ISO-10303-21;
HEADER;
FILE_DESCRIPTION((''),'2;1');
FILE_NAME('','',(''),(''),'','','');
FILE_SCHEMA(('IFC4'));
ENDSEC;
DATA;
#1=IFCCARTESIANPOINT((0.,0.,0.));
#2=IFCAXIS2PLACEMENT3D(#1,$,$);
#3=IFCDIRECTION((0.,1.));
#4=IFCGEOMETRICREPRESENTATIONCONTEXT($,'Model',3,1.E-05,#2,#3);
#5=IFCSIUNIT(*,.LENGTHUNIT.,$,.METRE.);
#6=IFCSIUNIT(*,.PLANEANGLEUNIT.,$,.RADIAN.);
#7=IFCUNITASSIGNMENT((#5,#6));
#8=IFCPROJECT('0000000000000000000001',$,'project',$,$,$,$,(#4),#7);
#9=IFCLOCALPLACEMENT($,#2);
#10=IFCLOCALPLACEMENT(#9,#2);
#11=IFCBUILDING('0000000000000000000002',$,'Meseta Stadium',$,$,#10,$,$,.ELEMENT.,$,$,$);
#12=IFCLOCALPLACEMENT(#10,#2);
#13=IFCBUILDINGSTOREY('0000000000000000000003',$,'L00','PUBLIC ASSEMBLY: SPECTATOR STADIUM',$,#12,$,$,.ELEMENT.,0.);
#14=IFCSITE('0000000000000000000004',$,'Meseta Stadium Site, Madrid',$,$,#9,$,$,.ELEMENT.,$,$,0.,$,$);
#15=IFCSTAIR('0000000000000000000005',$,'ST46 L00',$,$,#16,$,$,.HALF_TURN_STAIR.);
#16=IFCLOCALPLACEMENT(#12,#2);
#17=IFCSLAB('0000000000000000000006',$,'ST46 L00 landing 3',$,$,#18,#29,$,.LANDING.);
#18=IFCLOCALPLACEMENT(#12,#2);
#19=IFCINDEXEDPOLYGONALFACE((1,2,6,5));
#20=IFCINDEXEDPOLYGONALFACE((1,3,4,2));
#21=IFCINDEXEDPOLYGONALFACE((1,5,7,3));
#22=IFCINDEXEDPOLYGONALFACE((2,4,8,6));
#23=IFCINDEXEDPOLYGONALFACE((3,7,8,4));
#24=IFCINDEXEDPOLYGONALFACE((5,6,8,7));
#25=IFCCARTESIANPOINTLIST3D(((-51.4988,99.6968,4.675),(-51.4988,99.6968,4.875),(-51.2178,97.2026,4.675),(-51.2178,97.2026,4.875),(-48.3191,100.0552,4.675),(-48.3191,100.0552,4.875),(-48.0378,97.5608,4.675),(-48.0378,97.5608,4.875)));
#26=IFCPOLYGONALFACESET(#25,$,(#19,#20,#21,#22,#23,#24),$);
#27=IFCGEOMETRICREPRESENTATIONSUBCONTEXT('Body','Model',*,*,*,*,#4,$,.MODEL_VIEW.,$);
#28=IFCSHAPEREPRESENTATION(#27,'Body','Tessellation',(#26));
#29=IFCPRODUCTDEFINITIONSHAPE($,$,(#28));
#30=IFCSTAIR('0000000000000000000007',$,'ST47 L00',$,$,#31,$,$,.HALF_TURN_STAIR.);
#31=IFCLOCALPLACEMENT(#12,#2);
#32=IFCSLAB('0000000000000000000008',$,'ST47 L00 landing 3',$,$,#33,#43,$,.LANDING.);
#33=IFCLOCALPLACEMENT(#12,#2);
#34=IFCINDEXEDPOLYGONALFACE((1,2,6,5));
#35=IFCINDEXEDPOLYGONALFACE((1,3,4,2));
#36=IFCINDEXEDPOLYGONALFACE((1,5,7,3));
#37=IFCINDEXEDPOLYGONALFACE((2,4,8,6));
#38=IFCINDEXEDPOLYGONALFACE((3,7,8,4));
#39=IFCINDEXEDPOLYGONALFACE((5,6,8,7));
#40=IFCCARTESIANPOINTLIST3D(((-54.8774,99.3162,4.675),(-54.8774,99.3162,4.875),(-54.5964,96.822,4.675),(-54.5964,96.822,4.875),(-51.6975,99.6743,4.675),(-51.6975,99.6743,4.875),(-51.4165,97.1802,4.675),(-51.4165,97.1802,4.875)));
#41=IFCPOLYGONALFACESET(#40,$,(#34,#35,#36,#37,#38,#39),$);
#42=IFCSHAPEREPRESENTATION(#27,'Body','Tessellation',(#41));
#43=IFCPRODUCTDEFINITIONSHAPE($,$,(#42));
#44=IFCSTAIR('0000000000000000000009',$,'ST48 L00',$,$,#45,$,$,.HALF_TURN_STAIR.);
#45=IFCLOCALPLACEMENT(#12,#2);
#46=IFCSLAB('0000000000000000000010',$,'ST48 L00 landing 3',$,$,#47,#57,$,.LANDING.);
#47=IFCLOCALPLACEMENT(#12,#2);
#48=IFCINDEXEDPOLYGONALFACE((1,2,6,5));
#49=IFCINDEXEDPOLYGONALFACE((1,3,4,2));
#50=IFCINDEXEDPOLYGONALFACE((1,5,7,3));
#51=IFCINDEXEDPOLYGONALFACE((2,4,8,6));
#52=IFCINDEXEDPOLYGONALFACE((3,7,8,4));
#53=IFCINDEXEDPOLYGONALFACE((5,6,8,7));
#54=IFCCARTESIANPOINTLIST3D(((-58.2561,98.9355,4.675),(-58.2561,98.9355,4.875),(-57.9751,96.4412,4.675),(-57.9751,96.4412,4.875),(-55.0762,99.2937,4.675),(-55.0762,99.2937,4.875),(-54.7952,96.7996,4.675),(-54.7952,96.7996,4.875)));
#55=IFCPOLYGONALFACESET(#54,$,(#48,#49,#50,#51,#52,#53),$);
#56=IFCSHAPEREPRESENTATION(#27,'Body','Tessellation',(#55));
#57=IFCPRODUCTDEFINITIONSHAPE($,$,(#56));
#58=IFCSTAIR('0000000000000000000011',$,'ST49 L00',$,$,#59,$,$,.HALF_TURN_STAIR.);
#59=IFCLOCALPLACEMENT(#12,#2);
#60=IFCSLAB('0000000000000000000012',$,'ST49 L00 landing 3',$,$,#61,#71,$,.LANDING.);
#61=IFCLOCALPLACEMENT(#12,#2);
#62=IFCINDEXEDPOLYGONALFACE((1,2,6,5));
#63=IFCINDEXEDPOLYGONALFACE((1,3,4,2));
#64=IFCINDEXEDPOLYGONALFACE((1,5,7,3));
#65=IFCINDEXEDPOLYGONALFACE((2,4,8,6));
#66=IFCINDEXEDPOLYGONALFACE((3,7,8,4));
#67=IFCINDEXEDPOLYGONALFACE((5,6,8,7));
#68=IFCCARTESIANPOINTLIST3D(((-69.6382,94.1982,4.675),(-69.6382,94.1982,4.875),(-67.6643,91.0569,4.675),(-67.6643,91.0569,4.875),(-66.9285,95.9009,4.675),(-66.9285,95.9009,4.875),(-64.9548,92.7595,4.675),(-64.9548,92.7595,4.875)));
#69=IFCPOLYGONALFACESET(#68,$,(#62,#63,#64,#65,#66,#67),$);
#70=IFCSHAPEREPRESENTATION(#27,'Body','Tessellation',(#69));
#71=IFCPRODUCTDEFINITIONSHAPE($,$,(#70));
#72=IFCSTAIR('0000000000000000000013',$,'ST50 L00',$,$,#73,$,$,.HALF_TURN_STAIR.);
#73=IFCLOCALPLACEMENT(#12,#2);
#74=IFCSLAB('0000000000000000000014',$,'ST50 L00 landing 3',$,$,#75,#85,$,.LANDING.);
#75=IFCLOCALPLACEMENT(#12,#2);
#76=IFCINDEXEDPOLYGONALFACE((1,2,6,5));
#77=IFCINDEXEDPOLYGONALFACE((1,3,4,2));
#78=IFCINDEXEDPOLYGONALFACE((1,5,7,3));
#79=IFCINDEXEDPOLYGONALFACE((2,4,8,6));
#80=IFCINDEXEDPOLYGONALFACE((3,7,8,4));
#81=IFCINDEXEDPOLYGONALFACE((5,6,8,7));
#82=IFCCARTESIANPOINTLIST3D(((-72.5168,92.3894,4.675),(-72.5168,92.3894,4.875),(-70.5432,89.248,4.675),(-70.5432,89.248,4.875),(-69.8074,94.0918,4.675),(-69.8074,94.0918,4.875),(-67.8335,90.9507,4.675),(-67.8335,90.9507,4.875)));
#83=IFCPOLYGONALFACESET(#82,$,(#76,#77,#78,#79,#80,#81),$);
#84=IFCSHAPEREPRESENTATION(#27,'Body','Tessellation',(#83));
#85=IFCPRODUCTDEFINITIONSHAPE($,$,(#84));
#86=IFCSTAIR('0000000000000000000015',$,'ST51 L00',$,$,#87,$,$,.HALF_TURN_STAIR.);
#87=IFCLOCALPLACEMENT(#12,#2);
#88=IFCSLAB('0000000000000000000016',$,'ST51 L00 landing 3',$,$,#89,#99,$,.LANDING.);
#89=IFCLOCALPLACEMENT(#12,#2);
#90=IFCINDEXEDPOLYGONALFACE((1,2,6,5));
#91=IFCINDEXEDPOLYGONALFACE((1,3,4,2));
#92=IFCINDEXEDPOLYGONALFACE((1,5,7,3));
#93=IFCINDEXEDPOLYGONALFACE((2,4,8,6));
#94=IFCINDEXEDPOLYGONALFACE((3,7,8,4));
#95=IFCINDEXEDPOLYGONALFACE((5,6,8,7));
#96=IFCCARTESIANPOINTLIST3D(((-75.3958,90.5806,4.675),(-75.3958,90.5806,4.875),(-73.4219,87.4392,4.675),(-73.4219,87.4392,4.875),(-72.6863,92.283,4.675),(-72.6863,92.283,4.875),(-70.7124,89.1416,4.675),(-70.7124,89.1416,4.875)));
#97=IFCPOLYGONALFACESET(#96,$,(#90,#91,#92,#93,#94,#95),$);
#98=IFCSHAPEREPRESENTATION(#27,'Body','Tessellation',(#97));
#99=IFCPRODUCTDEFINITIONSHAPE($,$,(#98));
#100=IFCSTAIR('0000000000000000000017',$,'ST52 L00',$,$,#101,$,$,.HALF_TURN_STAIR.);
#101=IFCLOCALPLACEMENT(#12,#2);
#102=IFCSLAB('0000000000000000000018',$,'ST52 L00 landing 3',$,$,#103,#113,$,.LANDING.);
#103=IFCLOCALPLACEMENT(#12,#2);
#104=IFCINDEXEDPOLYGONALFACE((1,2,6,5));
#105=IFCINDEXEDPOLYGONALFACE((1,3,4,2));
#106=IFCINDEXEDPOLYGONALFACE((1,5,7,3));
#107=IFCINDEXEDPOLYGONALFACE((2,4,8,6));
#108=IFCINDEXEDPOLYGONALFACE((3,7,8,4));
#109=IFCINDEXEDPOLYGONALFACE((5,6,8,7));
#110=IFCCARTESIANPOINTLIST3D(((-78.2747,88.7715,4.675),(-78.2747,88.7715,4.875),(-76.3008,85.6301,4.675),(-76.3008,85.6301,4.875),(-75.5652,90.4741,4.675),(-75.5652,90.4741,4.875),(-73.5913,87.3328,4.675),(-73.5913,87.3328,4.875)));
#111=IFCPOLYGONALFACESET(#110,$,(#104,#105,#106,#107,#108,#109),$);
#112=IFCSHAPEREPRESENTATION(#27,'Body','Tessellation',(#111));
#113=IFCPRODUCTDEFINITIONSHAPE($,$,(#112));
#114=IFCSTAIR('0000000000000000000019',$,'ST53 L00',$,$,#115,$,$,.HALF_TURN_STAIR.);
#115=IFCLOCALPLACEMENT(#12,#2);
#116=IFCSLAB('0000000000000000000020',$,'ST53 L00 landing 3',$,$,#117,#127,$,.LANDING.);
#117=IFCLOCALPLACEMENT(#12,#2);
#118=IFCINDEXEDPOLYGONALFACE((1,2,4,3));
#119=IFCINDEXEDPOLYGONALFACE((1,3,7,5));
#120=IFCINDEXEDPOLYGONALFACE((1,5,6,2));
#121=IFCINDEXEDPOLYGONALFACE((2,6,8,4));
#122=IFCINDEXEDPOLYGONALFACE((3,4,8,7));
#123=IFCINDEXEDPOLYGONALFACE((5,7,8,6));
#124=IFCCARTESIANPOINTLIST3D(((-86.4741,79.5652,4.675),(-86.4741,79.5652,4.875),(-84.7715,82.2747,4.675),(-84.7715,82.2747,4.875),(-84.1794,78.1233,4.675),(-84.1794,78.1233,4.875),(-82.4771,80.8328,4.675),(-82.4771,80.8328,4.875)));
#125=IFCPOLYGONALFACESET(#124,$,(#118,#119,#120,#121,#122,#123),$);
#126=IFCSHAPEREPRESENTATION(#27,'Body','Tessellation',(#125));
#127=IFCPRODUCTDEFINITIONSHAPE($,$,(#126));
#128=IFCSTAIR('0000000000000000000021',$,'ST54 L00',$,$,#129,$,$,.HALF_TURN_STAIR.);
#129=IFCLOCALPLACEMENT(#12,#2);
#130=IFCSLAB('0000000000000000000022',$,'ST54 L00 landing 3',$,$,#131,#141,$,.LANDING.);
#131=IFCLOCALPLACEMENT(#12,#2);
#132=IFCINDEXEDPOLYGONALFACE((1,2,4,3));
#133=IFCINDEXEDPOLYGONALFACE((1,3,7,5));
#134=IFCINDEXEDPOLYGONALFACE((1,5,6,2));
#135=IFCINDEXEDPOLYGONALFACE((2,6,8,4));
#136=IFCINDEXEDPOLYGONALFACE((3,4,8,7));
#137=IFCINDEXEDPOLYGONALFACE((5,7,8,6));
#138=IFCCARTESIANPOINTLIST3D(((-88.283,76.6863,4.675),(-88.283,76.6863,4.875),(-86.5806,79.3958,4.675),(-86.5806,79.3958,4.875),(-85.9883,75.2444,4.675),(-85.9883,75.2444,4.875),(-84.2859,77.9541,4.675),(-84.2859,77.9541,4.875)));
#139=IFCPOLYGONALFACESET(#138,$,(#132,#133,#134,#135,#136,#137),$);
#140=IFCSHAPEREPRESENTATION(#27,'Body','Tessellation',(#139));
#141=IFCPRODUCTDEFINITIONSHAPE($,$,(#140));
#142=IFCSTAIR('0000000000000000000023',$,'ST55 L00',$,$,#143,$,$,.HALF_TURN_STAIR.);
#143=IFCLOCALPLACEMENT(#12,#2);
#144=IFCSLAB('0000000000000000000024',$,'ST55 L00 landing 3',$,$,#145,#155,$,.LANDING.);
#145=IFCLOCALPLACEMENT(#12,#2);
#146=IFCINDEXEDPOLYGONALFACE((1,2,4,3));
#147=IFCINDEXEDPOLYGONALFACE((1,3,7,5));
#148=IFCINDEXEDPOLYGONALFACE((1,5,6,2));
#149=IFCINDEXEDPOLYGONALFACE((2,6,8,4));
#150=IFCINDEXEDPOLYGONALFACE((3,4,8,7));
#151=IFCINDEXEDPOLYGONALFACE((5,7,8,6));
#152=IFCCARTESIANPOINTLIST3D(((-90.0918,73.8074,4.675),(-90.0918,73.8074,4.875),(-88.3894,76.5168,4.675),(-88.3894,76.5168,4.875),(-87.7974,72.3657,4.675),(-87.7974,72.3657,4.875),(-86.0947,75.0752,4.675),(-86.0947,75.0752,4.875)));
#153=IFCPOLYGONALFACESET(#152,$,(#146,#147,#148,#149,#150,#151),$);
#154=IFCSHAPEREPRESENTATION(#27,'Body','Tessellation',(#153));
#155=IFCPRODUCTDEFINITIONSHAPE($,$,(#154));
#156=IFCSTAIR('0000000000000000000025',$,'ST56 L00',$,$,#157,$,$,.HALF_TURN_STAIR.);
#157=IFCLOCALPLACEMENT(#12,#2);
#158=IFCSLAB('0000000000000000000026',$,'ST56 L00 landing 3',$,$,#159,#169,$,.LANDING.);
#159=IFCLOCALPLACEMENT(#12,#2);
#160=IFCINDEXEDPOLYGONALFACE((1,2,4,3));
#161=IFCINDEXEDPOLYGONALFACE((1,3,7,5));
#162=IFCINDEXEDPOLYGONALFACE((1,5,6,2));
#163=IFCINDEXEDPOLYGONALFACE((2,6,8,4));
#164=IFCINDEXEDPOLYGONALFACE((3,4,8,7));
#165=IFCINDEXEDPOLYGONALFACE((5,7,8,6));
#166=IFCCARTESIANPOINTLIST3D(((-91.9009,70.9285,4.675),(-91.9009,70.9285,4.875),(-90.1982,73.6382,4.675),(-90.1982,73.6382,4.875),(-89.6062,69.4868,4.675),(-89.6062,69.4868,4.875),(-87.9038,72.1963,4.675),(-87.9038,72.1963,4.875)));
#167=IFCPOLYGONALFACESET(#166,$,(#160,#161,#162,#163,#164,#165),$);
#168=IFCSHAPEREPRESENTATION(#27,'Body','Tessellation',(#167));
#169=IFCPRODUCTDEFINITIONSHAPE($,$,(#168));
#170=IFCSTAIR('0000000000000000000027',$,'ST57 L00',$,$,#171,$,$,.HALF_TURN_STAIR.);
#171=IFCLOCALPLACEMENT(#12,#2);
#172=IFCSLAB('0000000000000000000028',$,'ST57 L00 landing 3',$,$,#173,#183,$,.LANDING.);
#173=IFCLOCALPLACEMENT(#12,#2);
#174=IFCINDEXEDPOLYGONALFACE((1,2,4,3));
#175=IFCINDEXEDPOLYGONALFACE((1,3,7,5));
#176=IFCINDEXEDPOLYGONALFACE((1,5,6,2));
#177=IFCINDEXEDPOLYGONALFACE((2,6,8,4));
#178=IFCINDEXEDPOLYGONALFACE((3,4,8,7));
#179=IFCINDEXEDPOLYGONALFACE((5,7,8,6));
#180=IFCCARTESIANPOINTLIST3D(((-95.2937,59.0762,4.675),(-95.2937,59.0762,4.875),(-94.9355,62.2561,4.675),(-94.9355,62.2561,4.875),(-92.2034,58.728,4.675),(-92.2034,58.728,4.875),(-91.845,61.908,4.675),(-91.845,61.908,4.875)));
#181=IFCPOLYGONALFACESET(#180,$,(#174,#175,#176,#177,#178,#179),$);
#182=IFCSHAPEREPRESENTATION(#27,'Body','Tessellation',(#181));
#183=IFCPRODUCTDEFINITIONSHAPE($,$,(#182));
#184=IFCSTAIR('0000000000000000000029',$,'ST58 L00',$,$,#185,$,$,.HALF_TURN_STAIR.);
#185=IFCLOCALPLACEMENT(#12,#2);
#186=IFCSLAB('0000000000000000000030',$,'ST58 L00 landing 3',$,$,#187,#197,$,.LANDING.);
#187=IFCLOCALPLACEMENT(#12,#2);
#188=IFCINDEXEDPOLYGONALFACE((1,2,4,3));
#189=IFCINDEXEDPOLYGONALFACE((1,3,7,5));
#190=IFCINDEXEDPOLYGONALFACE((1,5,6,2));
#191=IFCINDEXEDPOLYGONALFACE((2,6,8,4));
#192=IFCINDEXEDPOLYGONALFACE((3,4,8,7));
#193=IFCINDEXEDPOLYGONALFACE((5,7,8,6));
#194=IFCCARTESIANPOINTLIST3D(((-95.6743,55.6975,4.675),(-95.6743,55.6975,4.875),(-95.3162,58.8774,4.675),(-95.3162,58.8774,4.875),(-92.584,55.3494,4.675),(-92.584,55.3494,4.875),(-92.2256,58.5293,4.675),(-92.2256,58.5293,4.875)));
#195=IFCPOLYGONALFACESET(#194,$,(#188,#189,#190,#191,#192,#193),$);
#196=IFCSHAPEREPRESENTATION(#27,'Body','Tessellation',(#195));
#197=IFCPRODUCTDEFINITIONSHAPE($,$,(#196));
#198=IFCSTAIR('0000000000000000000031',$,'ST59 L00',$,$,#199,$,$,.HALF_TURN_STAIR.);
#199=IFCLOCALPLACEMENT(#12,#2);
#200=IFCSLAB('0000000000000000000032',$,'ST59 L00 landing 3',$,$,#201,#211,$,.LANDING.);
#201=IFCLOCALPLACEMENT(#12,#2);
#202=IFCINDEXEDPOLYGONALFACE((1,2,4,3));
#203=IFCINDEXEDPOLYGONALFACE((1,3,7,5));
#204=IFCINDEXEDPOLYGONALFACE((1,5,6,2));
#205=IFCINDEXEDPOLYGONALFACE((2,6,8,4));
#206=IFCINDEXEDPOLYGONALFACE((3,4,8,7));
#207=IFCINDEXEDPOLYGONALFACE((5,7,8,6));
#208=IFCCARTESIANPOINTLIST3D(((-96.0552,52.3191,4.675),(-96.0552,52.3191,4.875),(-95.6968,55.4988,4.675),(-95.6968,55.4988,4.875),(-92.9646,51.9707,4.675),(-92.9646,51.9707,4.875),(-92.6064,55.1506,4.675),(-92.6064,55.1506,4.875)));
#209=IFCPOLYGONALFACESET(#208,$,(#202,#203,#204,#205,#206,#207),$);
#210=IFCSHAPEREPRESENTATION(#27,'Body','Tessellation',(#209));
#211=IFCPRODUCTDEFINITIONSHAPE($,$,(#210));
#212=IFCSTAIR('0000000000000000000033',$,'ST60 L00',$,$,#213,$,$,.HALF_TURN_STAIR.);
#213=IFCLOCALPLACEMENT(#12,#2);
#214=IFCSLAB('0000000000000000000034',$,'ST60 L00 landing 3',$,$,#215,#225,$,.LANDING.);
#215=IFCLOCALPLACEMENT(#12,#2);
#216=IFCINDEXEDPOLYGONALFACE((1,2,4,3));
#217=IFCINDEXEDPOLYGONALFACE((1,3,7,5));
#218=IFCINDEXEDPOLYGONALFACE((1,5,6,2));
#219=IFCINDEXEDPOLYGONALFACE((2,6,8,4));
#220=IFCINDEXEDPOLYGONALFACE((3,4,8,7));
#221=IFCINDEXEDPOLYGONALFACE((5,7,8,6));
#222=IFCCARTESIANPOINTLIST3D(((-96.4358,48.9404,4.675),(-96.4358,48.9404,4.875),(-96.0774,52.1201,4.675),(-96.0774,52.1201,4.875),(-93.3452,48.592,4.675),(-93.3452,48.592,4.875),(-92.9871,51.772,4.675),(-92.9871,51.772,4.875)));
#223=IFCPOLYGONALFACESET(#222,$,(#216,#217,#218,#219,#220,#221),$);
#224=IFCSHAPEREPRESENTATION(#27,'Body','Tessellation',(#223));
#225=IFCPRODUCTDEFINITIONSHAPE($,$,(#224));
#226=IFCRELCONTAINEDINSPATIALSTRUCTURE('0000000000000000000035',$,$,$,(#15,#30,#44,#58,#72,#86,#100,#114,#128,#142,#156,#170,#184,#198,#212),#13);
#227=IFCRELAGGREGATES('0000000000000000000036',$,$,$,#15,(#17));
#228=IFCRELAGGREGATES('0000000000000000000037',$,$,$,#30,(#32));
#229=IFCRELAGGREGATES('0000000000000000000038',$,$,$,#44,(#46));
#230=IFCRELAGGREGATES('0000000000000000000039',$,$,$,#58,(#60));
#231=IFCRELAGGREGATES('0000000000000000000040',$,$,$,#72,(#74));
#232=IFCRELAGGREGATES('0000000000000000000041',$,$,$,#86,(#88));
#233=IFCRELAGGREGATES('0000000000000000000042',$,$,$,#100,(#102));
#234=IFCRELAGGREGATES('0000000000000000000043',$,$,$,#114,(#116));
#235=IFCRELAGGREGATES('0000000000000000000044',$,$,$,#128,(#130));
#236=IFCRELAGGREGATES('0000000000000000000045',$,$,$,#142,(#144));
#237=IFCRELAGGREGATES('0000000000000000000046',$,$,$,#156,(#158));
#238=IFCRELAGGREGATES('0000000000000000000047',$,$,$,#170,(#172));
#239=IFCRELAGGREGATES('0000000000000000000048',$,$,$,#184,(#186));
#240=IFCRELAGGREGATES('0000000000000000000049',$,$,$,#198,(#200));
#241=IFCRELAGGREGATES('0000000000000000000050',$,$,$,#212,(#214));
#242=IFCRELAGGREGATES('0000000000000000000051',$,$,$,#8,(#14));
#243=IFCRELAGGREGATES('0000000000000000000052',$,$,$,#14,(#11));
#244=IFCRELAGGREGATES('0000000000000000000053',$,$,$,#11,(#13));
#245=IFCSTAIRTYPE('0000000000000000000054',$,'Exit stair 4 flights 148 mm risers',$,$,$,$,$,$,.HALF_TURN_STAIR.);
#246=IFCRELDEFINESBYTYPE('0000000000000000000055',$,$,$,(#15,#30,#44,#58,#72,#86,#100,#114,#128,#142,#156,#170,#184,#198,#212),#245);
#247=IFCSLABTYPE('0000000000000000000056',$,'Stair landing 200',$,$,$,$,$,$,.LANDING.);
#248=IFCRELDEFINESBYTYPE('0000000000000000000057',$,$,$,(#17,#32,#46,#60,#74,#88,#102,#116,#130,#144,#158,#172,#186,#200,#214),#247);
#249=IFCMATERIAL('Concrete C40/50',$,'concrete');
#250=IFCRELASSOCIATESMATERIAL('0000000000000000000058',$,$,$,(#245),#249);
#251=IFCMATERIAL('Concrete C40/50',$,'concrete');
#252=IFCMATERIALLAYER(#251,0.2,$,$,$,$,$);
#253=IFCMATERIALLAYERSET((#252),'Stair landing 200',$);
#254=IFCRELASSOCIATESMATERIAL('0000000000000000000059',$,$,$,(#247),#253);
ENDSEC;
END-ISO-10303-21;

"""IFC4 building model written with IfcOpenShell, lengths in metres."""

from ifc_helpers import new_model, si_unit, direction, frame, origin, place, context, subcontext, project, spatial, polyline, outline, extrude, material, layer, layer_set, type_object, element, aggregate, save


model = new_model("IFC4")

# Units and contexts
model_context = context("Model", 3, precision=1e-05, world=origin(), true_north=direction((0.0, 1.0)))
body_context = subcontext(model_context, "Body", "Model", "MODEL_VIEW")
ifc_project = project(units=[si_unit("LENGTHUNIT", "METRE"), si_unit("PLANEANGLEUNIT", "RADIAN")], contexts=[model_context])

# Site, building, storey
site_placement = place(None, origin())
site = spatial("IfcSite", under=ifc_project, at=site_placement, Name="Meseta Stadium Site, Madrid", CompositionType="ELEMENT", RefElevation=0.0)
building_placement = place(site_placement, origin())
building = spatial("IfcBuilding", under=site, at=building_placement, Name="Meseta Stadium", CompositionType="ELEMENT")
storey_placement = place(building_placement, origin())
storey = spatial("IfcBuildingStorey", under=building, at=storey_placement, Name="L00", Description="PUBLIC ASSEMBLY: SPECTATOR STADIUM", CompositionType="ELEMENT", Elevation=0.0)

# Stairs, slabs
ifc_material_1 = material(Name="Concrete C40/50", Category="concrete")
stair_type = type_object("IfcStairType", Name="Exit stair 4 flights 148 mm risers", PredefinedType="HALF_TURN_STAIR", material=ifc_material_1)
stair_1_placement = place(storey_placement, origin())
stair_1 = element("IfcStair", 1, at=stair_1_placement, inside=storey, type_object=stair_type, Name="ST46 L00", PredefinedType="HALF_TURN_STAIR")
ifc_material_2 = material(Name="Concrete C40/50", Category="concrete")
ifc_layer = layer(ifc_material_2, 0.2)
ifc_layer_set = layer_set([ifc_layer], Name="Stair landing 200")
slab_type = type_object("IfcSlabType", Name="Stair landing 200", PredefinedType="LANDING", material=ifc_layer_set)
slab_1_placement = place(storey_placement, frame((0.0, 0.0, 4.675)))
slab_1 = element("IfcSlab", 2, at=slab_1_placement, type_object=slab_type, Name="ST46 L00 landing 3", PredefinedType="LANDING", context=body_context, shape_type="SweptSolid", body=[
    extrude(outline(polyline([(-48.0378, 97.5608), (-48.3191, 100.0552), (-51.4988, 99.6968), (-51.2178, 97.2026), (-48.0378, 97.5608)])), origin(), (0.0, 0.0, 1.0), 0.2),
])
aggregate(stair_1, [slab_1])
stair_2_placement = place(storey_placement, origin())
stair_2 = element("IfcStair", 3, at=stair_2_placement, inside=storey, type_object=stair_type, Name="ST47 L00", PredefinedType="HALF_TURN_STAIR")
slab_2_placement = place(storey_placement, frame((0.0, 0.0, 4.675)))
slab_2 = element("IfcSlab", 4, at=slab_2_placement, type_object=slab_type, Name="ST47 L00 landing 3", PredefinedType="LANDING", context=body_context, shape_type="SweptSolid", body=[
    extrude(outline(polyline([(-51.4165, 97.1802), (-51.6975, 99.6743), (-54.8774, 99.3162), (-54.5964, 96.822), (-51.4165, 97.1802)])), origin(), (0.0, 0.0, 1.0), 0.2),
])
aggregate(stair_2, [slab_2])
stair_3_placement = place(storey_placement, origin())
stair_3 = element("IfcStair", 5, at=stair_3_placement, inside=storey, type_object=stair_type, Name="ST48 L00", PredefinedType="HALF_TURN_STAIR")
slab_3_placement = place(storey_placement, frame((0.0, 0.0, 4.675)))
slab_3 = element("IfcSlab", 6, at=slab_3_placement, type_object=slab_type, Name="ST48 L00 landing 3", PredefinedType="LANDING", context=body_context, shape_type="SweptSolid", body=[
    extrude(outline(polyline([(-54.7952, 96.7996), (-55.0762, 99.2937), (-58.2561, 98.9355), (-57.9751, 96.4412), (-54.7952, 96.7996)])), origin(), (0.0, 0.0, 1.0), 0.2),
])
aggregate(stair_3, [slab_3])
stair_4_placement = place(storey_placement, origin())
stair_4 = element("IfcStair", 7, at=stair_4_placement, inside=storey, type_object=stair_type, Name="ST49 L00", PredefinedType="HALF_TURN_STAIR")
slab_4_placement = place(storey_placement, frame((0.0, 0.0, 4.675)))
slab_4 = element("IfcSlab", 8, at=slab_4_placement, type_object=slab_type, Name="ST49 L00 landing 3", PredefinedType="LANDING", context=body_context, shape_type="SweptSolid", body=[
    extrude(outline(polyline([(-64.9548, 92.7595), (-66.9285, 95.9009), (-69.6382, 94.1982), (-67.6643, 91.0569), (-64.9548, 92.7595)])), origin(), (0.0, 0.0, 1.0), 0.2),
])
aggregate(stair_4, [slab_4])
stair_5_placement = place(storey_placement, origin())
stair_5 = element("IfcStair", 9, at=stair_5_placement, inside=storey, type_object=stair_type, Name="ST50 L00", PredefinedType="HALF_TURN_STAIR")
slab_5_placement = place(storey_placement, frame((0.0, 0.0, 4.675)))
slab_5 = element("IfcSlab", 10, at=slab_5_placement, type_object=slab_type, Name="ST50 L00 landing 3", PredefinedType="LANDING", context=body_context, shape_type="SweptSolid", body=[
    extrude(outline(polyline([(-67.8335, 90.9507), (-69.8074, 94.0918), (-72.5168, 92.3894), (-70.5432, 89.248), (-67.8335, 90.9507)])), origin(), (0.0, 0.0, 1.0), 0.2),
])
aggregate(stair_5, [slab_5])
stair_6_placement = place(storey_placement, origin())
stair_6 = element("IfcStair", 11, at=stair_6_placement, inside=storey, type_object=stair_type, Name="ST51 L00", PredefinedType="HALF_TURN_STAIR")
slab_6_placement = place(storey_placement, frame((0.0, 0.0, 4.675)))
slab_6 = element("IfcSlab", 12, at=slab_6_placement, type_object=slab_type, Name="ST51 L00 landing 3", PredefinedType="LANDING", context=body_context, shape_type="SweptSolid", body=[
    extrude(outline(polyline([(-70.7124, 89.1416), (-72.6863, 92.283), (-75.3958, 90.5806), (-73.4219, 87.4392), (-70.7124, 89.1416)])), origin(), (0.0, 0.0, 1.0), 0.2),
])
aggregate(stair_6, [slab_6])
stair_7_placement = place(storey_placement, origin())
stair_7 = element("IfcStair", 13, at=stair_7_placement, inside=storey, type_object=stair_type, Name="ST52 L00", PredefinedType="HALF_TURN_STAIR")
slab_7_placement = place(storey_placement, frame((0.0, 0.0, 4.675)))
slab_7 = element("IfcSlab", 14, at=slab_7_placement, type_object=slab_type, Name="ST52 L00 landing 3", PredefinedType="LANDING", context=body_context, shape_type="SweptSolid", body=[
    extrude(outline(polyline([(-73.5913, 87.3328), (-75.5652, 90.4741), (-78.2747, 88.7715), (-76.3008, 85.6301), (-73.5913, 87.3328)])), origin(), (0.0, 0.0, 1.0), 0.2),
])
aggregate(stair_7, [slab_7])
stair_8_placement = place(storey_placement, origin())
stair_8 = element("IfcStair", 15, at=stair_8_placement, inside=storey, type_object=stair_type, Name="ST53 L00", PredefinedType="HALF_TURN_STAIR")
slab_8_placement = place(storey_placement, frame((0.0, 0.0, 4.675)))
slab_8 = element("IfcSlab", 16, at=slab_8_placement, type_object=slab_type, Name="ST53 L00 landing 3", PredefinedType="LANDING", context=body_context, shape_type="SweptSolid", body=[
    extrude(outline(polyline([(-82.4771, 80.8328), (-84.7715, 82.2747), (-86.4741, 79.5652), (-84.1794, 78.1233), (-82.4771, 80.8328)])), origin(), (0.0, 0.0, 1.0), 0.2),
])
aggregate(stair_8, [slab_8])
stair_9_placement = place(storey_placement, origin())
stair_9 = element("IfcStair", 17, at=stair_9_placement, inside=storey, type_object=stair_type, Name="ST54 L00", PredefinedType="HALF_TURN_STAIR")
slab_9_placement = place(storey_placement, frame((0.0, 0.0, 4.675)))
slab_9 = element("IfcSlab", 18, at=slab_9_placement, type_object=slab_type, Name="ST54 L00 landing 3", PredefinedType="LANDING", context=body_context, shape_type="SweptSolid", body=[
    extrude(outline(polyline([(-84.2859, 77.9541), (-86.5806, 79.3958), (-88.283, 76.6863), (-85.9883, 75.2444), (-84.2859, 77.9541)])), origin(), (0.0, 0.0, 1.0), 0.2),
])
aggregate(stair_9, [slab_9])
stair_10_placement = place(storey_placement, origin())
stair_10 = element("IfcStair", 19, at=stair_10_placement, inside=storey, type_object=stair_type, Name="ST55 L00", PredefinedType="HALF_TURN_STAIR")
slab_10_placement = place(storey_placement, frame((0.0, 0.0, 4.675)))
slab_10 = element("IfcSlab", 20, at=slab_10_placement, type_object=slab_type, Name="ST55 L00 landing 3", PredefinedType="LANDING", context=body_context, shape_type="SweptSolid", body=[
    extrude(outline(polyline([(-86.0947, 75.0752), (-88.3894, 76.5168), (-90.0918, 73.8074), (-87.7974, 72.3657), (-86.0947, 75.0752)])), origin(), (0.0, 0.0, 1.0), 0.2),
])
aggregate(stair_10, [slab_10])
stair_11_placement = place(storey_placement, origin())
stair_11 = element("IfcStair", 21, at=stair_11_placement, inside=storey, type_object=stair_type, Name="ST56 L00", PredefinedType="HALF_TURN_STAIR")
slab_11_placement = place(storey_placement, frame((0.0, 0.0, 4.675)))
slab_11 = element("IfcSlab", 22, at=slab_11_placement, type_object=slab_type, Name="ST56 L00 landing 3", PredefinedType="LANDING", context=body_context, shape_type="SweptSolid", body=[
    extrude(outline(polyline([(-87.9038, 72.1963), (-90.1982, 73.6382), (-91.9009, 70.9285), (-89.6062, 69.4868), (-87.9038, 72.1963)])), origin(), (0.0, 0.0, 1.0), 0.2),
])
aggregate(stair_11, [slab_11])
stair_12_placement = place(storey_placement, origin())
stair_12 = element("IfcStair", 23, at=stair_12_placement, inside=storey, type_object=stair_type, Name="ST57 L00", PredefinedType="HALF_TURN_STAIR")
slab_12_placement = place(storey_placement, frame((0.0, 0.0, 4.675)))
slab_12 = element("IfcSlab", 24, at=slab_12_placement, type_object=slab_type, Name="ST57 L00 landing 3", PredefinedType="LANDING", context=body_context, shape_type="SweptSolid", body=[
    extrude(outline(polyline([(-91.845, 61.908), (-94.9355, 62.2561), (-95.2937, 59.0762), (-92.2034, 58.728), (-91.845, 61.908)])), origin(), (0.0, 0.0, 1.0), 0.2),
])
aggregate(stair_12, [slab_12])
stair_13_placement = place(storey_placement, origin())
stair_13 = element("IfcStair", 25, at=stair_13_placement, inside=storey, type_object=stair_type, Name="ST58 L00", PredefinedType="HALF_TURN_STAIR")
slab_13_placement = place(storey_placement, frame((0.0, 0.0, 4.675)))
slab_13 = element("IfcSlab", 26, at=slab_13_placement, type_object=slab_type, Name="ST58 L00 landing 3", PredefinedType="LANDING", context=body_context, shape_type="SweptSolid", body=[
    extrude(outline(polyline([(-92.2256, 58.5293), (-95.3162, 58.8774), (-95.6743, 55.6975), (-92.584, 55.3494), (-92.2256, 58.5293)])), origin(), (0.0, 0.0, 1.0), 0.2),
])
aggregate(stair_13, [slab_13])
stair_14_placement = place(storey_placement, origin())
stair_14 = element("IfcStair", 27, at=stair_14_placement, inside=storey, type_object=stair_type, Name="ST59 L00", PredefinedType="HALF_TURN_STAIR")
slab_14_placement = place(storey_placement, frame((0.0, 0.0, 4.675)))
slab_14 = element("IfcSlab", 28, at=slab_14_placement, type_object=slab_type, Name="ST59 L00 landing 3", PredefinedType="LANDING", context=body_context, shape_type="SweptSolid", body=[
    extrude(outline(polyline([(-92.6064, 55.1506), (-95.6968, 55.4988), (-96.0552, 52.3191), (-92.9646, 51.9707), (-92.6064, 55.1506)])), origin(), (0.0, 0.0, 1.0), 0.2),
])
aggregate(stair_14, [slab_14])
stair_15_placement = place(storey_placement, origin())
stair_15 = element("IfcStair", 29, at=stair_15_placement, inside=storey, type_object=stair_type, Name="ST60 L00", PredefinedType="HALF_TURN_STAIR")
slab_15_placement = place(storey_placement, frame((0.0, 0.0, 4.675)))
slab_15 = element("IfcSlab", 30, at=slab_15_placement, type_object=slab_type, Name="ST60 L00 landing 3", PredefinedType="LANDING", context=body_context, shape_type="SweptSolid", body=[
    extrude(outline(polyline([(-92.9871, 51.772), (-96.0774, 52.1201), (-96.4358, 48.9404), (-93.3452, 48.592), (-92.9871, 51.772)])), origin(), (0.0, 0.0, 1.0), 0.2),
])
aggregate(stair_15, [slab_15])

save(model, "model.ifc")
